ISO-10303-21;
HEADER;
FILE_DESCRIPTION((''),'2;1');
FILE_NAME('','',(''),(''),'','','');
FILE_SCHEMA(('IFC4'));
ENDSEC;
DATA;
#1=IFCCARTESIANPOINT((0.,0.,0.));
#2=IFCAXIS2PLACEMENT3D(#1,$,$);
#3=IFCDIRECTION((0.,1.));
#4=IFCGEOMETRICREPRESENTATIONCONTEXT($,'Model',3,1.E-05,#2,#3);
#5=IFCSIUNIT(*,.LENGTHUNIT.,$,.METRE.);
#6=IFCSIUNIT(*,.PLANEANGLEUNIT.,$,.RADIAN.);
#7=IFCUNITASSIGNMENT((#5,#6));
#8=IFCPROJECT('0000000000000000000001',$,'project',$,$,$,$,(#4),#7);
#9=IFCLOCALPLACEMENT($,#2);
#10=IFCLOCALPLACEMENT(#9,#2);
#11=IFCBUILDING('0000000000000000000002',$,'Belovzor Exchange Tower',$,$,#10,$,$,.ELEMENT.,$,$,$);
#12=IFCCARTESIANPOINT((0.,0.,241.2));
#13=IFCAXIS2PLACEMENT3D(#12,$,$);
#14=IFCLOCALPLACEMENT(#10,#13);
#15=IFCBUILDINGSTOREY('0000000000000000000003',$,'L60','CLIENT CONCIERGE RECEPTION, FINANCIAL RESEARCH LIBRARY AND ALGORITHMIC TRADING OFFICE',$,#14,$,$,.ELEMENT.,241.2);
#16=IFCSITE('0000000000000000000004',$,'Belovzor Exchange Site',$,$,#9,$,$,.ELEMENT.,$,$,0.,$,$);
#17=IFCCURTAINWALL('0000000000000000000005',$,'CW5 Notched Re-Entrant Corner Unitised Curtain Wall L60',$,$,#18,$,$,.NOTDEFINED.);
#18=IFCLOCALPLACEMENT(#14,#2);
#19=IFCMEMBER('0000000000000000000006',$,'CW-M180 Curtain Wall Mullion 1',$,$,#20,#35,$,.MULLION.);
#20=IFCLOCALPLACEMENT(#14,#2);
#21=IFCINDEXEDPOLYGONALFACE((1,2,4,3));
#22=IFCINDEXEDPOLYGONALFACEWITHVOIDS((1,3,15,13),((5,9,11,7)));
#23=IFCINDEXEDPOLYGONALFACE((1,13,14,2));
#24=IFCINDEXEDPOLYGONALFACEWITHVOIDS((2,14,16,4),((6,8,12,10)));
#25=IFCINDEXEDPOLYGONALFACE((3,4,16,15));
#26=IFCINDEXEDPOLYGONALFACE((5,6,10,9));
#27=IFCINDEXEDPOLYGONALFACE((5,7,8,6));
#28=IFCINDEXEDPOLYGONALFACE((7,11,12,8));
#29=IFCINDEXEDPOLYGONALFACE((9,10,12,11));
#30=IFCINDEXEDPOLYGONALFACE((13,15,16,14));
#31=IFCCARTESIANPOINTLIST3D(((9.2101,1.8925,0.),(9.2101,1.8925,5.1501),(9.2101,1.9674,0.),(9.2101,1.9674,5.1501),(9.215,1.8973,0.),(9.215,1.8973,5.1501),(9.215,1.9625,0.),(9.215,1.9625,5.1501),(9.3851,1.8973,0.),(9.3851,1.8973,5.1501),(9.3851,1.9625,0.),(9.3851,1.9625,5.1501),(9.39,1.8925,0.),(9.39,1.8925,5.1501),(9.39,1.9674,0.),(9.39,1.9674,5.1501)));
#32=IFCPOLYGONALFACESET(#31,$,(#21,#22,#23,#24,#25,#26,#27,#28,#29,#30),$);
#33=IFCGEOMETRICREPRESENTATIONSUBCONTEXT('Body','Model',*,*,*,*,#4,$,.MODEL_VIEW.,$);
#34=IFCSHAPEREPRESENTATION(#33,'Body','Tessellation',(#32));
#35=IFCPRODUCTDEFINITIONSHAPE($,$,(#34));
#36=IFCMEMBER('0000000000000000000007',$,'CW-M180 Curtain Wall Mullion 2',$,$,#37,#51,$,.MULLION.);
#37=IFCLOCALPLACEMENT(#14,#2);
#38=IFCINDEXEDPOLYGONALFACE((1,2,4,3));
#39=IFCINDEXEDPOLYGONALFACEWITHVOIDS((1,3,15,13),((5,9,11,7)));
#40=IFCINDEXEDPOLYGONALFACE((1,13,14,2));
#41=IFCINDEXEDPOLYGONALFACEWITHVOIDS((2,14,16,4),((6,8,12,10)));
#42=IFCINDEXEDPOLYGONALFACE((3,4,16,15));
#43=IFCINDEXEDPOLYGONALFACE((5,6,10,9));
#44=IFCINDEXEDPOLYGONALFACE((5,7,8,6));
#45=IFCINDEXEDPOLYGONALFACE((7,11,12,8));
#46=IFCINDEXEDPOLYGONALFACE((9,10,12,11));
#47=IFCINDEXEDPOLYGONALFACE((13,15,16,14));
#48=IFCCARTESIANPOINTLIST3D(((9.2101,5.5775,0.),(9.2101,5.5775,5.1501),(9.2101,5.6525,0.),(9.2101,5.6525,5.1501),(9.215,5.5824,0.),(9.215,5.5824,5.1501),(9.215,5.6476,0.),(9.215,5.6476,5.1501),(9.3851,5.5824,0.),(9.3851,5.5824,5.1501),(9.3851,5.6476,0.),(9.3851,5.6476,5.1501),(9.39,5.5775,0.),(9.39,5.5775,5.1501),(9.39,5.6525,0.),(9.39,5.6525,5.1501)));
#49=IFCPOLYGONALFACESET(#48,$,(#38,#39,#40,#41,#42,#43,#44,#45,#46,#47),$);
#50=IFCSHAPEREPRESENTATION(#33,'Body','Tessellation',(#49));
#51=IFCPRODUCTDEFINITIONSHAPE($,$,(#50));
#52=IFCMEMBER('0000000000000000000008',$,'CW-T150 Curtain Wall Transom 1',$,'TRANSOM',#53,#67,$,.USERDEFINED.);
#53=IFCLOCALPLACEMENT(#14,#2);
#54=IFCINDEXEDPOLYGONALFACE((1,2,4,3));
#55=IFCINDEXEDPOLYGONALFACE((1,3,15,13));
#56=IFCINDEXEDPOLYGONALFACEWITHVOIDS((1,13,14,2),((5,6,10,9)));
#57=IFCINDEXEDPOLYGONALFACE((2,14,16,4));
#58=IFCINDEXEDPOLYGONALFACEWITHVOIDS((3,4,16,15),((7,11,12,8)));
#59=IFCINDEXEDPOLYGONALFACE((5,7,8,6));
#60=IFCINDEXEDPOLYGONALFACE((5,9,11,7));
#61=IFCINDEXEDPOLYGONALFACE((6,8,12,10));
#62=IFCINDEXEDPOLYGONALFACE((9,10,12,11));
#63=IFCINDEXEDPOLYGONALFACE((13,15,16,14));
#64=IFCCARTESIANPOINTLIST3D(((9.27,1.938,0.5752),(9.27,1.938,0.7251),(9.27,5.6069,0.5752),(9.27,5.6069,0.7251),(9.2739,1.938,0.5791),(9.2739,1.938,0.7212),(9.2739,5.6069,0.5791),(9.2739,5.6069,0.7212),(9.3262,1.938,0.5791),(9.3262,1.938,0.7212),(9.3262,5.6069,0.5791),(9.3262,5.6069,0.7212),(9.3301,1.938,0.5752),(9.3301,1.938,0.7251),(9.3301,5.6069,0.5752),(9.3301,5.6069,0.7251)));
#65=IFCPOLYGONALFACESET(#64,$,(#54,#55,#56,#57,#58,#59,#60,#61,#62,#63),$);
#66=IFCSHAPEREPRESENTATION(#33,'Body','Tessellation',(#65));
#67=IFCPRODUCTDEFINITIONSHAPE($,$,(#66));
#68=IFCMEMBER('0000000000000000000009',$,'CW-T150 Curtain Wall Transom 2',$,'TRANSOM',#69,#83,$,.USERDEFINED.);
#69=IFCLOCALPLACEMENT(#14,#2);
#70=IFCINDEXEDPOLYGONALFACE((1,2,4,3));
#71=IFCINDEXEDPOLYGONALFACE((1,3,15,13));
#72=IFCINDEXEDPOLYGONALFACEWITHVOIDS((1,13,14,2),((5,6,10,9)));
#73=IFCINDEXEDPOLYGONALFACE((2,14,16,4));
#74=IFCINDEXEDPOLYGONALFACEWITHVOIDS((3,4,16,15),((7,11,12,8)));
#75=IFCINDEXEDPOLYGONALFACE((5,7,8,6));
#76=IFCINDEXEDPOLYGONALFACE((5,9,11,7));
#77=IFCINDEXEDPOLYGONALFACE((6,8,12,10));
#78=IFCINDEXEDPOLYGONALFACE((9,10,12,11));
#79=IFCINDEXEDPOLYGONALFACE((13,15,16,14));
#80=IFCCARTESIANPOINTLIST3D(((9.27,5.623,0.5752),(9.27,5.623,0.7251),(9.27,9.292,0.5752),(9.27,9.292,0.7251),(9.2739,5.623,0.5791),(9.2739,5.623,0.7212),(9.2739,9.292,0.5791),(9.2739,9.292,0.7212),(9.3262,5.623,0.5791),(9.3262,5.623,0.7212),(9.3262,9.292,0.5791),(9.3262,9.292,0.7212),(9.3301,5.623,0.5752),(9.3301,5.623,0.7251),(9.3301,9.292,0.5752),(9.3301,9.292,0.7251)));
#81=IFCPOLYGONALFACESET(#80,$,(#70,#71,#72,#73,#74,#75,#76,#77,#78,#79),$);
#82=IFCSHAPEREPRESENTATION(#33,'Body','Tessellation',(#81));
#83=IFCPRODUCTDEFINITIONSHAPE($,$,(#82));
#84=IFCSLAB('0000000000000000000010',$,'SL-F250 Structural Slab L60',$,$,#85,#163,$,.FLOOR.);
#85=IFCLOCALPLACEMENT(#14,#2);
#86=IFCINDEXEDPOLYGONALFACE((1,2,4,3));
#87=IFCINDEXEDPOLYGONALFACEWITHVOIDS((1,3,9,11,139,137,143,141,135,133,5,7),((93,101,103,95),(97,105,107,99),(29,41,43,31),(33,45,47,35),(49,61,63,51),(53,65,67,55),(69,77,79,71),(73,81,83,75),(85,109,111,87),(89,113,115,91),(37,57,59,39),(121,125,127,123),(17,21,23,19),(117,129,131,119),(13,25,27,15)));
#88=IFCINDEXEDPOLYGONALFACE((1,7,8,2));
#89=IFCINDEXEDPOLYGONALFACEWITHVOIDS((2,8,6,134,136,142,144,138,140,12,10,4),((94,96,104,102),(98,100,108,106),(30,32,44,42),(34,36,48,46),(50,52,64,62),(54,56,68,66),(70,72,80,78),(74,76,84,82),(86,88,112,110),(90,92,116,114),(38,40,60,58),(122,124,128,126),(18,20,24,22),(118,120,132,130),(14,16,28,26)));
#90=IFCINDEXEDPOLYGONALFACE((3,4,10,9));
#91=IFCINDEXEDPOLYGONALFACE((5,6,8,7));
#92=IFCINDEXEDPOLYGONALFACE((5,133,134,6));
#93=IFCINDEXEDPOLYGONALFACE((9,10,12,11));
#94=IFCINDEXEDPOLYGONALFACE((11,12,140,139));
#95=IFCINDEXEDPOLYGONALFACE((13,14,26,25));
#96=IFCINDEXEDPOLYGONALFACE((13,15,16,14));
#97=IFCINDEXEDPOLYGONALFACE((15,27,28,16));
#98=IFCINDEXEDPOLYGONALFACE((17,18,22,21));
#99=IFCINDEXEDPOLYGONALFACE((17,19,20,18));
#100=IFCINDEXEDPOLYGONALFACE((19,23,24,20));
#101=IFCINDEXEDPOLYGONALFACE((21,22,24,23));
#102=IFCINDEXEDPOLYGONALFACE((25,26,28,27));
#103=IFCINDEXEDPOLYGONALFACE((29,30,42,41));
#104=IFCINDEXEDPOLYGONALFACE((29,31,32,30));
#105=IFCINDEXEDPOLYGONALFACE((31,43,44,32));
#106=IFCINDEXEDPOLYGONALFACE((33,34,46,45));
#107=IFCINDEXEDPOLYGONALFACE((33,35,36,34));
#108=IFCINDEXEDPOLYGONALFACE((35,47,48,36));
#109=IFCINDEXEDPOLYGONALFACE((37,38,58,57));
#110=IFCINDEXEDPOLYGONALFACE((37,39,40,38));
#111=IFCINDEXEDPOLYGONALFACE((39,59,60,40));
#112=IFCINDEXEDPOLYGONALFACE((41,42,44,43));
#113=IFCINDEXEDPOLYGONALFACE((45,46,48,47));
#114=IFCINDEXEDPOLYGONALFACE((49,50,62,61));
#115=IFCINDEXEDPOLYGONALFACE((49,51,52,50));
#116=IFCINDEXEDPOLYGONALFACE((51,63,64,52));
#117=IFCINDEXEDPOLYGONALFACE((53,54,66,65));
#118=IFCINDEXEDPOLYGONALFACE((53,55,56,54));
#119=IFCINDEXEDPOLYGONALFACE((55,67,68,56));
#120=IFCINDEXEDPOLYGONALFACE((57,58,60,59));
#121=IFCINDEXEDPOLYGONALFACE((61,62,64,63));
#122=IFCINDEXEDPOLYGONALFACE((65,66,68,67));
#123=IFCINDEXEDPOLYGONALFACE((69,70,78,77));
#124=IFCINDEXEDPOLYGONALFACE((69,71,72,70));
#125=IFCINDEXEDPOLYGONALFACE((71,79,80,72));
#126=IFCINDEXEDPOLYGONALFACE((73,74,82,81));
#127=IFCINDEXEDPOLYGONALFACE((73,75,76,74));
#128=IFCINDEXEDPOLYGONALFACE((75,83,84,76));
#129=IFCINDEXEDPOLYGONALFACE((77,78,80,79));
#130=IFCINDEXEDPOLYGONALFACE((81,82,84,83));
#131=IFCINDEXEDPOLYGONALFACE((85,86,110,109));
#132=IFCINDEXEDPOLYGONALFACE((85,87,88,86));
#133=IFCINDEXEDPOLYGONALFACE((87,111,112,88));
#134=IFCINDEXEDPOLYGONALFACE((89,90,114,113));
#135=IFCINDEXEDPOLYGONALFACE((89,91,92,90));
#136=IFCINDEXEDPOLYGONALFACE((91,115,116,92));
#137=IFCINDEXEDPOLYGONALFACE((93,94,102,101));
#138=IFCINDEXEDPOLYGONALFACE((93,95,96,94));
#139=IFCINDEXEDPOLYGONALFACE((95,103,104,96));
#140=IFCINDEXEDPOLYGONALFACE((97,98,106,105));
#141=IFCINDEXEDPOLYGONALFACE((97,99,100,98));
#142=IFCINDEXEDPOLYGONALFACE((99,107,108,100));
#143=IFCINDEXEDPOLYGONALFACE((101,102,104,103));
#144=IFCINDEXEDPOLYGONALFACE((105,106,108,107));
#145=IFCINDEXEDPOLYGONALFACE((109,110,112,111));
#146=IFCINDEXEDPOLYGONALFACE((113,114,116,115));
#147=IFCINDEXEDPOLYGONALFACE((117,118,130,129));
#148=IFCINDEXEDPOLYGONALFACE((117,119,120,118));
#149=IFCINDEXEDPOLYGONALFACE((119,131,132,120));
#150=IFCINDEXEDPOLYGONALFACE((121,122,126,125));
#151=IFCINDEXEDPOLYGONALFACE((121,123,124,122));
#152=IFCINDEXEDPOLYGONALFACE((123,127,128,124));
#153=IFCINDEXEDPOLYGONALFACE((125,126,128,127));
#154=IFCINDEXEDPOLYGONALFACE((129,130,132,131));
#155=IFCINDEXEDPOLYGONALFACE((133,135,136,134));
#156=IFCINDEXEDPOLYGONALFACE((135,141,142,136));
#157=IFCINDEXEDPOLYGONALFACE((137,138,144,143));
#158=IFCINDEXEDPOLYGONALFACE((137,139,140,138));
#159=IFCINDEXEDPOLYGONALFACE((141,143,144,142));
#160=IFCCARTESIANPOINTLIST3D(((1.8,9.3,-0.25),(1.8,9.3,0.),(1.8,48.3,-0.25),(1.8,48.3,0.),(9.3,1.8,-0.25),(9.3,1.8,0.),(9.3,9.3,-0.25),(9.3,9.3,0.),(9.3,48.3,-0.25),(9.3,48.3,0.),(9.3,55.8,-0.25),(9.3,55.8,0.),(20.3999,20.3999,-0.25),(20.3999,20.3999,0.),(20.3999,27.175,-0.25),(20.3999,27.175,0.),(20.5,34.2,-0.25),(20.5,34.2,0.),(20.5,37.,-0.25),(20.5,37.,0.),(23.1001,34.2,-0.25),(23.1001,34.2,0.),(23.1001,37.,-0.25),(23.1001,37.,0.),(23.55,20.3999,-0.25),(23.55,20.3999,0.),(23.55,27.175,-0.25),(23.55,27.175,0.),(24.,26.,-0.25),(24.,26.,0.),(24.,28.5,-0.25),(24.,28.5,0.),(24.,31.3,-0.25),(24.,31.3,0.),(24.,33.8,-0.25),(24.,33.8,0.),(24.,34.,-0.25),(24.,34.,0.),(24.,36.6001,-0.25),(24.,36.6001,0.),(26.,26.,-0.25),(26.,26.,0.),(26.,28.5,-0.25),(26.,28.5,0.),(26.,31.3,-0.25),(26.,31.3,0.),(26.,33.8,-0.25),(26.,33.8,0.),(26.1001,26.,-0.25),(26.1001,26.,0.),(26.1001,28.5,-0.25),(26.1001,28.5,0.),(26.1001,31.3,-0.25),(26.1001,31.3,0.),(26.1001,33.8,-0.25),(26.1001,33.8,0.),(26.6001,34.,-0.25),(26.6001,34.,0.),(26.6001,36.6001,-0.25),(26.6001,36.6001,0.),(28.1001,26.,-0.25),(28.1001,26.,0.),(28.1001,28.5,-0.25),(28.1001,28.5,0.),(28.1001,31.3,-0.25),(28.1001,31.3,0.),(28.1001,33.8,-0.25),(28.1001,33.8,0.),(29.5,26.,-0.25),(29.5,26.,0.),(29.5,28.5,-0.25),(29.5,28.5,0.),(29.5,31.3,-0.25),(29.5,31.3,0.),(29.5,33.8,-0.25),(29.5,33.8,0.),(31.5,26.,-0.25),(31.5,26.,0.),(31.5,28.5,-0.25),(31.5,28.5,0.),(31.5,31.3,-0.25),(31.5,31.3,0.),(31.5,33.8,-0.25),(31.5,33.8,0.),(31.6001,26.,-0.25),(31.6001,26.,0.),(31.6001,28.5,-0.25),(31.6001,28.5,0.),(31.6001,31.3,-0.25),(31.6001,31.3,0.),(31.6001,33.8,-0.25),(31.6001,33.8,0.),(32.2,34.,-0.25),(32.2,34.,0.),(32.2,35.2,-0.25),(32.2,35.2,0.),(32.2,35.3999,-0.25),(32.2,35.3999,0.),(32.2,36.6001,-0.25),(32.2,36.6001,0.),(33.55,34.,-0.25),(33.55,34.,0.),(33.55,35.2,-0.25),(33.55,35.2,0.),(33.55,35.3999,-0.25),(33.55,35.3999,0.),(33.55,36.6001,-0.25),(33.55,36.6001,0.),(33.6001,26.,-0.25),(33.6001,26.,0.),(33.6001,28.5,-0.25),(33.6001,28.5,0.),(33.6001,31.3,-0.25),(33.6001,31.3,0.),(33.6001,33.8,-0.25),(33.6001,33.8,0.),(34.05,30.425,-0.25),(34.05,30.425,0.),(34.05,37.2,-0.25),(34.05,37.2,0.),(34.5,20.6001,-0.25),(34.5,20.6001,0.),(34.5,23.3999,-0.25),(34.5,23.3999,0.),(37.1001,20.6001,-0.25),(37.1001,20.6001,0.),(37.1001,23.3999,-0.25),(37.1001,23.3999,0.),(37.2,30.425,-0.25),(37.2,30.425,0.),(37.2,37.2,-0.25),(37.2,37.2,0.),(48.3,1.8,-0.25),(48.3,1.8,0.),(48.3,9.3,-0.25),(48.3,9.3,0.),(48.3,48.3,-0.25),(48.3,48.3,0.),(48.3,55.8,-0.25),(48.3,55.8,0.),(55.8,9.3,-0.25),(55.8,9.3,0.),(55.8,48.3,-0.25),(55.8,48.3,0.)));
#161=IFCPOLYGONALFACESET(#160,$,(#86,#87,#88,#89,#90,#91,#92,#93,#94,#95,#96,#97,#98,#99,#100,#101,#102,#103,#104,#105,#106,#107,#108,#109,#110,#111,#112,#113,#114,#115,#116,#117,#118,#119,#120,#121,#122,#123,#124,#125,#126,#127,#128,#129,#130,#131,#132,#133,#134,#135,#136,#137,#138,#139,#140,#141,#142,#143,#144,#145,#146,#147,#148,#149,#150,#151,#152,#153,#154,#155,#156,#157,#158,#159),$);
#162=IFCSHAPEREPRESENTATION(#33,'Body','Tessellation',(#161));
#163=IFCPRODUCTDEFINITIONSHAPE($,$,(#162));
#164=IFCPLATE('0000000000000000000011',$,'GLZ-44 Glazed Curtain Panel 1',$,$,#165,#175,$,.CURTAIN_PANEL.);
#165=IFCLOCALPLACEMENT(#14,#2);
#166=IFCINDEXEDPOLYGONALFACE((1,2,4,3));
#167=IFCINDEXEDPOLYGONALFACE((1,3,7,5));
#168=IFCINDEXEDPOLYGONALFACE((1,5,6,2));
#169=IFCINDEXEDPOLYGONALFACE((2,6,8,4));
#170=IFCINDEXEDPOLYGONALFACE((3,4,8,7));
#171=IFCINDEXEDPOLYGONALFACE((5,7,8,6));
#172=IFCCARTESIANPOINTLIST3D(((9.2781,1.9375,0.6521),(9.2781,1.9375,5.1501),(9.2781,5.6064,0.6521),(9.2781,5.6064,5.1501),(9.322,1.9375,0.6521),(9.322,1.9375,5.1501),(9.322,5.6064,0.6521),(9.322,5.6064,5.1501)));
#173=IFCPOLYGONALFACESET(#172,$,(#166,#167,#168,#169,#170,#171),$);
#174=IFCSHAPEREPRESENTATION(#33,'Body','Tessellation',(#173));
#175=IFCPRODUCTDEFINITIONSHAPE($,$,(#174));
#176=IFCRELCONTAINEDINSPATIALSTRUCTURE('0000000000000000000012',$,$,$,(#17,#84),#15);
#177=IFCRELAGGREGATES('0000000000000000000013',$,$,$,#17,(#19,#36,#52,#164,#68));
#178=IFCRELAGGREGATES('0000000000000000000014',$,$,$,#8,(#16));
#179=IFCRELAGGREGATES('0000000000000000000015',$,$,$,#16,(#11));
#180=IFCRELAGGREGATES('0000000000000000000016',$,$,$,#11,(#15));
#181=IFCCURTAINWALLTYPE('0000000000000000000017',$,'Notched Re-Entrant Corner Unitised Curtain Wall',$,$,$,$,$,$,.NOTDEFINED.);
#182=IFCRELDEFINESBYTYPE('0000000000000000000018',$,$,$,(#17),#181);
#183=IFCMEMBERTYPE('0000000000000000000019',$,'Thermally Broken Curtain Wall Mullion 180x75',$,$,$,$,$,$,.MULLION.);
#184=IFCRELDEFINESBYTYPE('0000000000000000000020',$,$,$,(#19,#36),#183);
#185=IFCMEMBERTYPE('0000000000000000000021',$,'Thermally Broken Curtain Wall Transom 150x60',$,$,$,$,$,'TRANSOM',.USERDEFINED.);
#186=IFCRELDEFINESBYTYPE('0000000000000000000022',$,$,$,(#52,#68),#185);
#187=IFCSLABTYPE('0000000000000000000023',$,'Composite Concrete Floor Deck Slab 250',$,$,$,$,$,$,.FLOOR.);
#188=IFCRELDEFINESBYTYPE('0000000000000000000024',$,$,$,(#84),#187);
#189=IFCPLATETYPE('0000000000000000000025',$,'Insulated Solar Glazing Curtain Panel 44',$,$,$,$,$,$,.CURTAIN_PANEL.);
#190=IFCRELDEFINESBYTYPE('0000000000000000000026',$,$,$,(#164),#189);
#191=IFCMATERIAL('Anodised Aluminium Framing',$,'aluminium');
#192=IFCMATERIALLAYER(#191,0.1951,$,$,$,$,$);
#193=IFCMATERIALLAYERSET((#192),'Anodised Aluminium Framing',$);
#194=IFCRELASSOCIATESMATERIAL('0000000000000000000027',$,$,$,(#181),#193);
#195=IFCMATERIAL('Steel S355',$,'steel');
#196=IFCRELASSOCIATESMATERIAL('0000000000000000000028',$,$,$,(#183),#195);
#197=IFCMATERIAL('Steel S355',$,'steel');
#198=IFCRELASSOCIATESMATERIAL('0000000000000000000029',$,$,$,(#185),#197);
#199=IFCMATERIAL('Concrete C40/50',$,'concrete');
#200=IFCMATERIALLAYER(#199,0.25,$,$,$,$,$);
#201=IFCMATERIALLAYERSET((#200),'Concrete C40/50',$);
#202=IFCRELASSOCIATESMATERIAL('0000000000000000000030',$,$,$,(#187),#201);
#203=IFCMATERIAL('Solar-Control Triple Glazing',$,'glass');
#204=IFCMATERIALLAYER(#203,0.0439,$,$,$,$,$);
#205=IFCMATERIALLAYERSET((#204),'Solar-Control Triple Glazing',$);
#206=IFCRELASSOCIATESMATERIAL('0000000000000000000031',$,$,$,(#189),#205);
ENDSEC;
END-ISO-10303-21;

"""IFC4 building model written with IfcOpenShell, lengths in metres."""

from ifc_helpers import new_model, si_unit, direction, frame, origin, origin_2d, place, context, subcontext, project, spatial, polyline, rectangle, hollow_rectangle, outline, extrude, material, layer, layer_set, material_profile, profile_set, type_object, element, aggregate, save


model = new_model("IFC4")

# Units and contexts
model_context = context("Model", 3, precision=1e-05, world=origin(), true_north=direction((0.0, 1.0)))
body_context = subcontext(model_context, "Body", "Model", "MODEL_VIEW")
ifc_project = project(units=[si_unit("LENGTHUNIT", "METRE"), si_unit("PLANEANGLEUNIT", "RADIAN")], contexts=[model_context])

# Site, building, storey
site_placement = place(None, origin())
site = spatial("IfcSite", under=ifc_project, at=site_placement, Name="Belovzor Exchange Site", CompositionType="ELEMENT", RefElevation=0.0)
building_placement = place(site_placement, origin())
building = spatial("IfcBuilding", under=site, at=building_placement, Name="Belovzor Exchange Tower", CompositionType="ELEMENT")
storey_placement = place(building_placement, frame((0.0, 0.0, 241.2)))
storey = spatial("IfcBuildingStorey", under=building, at=storey_placement, Name="L60", Description="CLIENT CONCIERGE RECEPTION, FINANCIAL RESEARCH LIBRARY AND ALGORITHMIC TRADING OFFICE", CompositionType="ELEMENT", Elevation=241.2)

# Curtain wall, members
ifc_material_1 = material(Name="Anodised Aluminium Framing", Category="aluminium")
ifc_layer_1 = layer(ifc_material_1, 0.1951)
ifc_layer_set_1 = layer_set([ifc_layer_1], Name="Anodised Aluminium Framing")
curtain_wall_type = type_object("IfcCurtainWallType", Name="Notched Re-Entrant Corner Unitised Curtain Wall", PredefinedType="NOTDEFINED", material=ifc_layer_set_1)
curtain_wall_placement = place(storey_placement, origin())
curtain_wall = element("IfcCurtainWall", 1, at=curtain_wall_placement, inside=storey, type_object=curtain_wall_type, Name="CW5 Notched Re-Entrant Corner Unitised Curtain Wall L60", PredefinedType="NOTDEFINED")
ifc_material_2 = material(Name="Steel S355", Category="steel")
ifc_material_profile_1 = material_profile(ifc_material_2, hollow_rectangle(XDim=0.075, YDim=0.1799, WallThickness=0.0049, at=origin_2d()))
ifc_profile_set_1 = profile_set([ifc_material_profile_1], Name="Steel S355")
member_type_1 = type_object("IfcMemberType", Name="Thermally Broken Curtain Wall Mullion 180x75", PredefinedType="MULLION", material=ifc_profile_set_1)
member_1_placement = place(storey_placement, frame((9.3, 1.9299, 0.0), z_axis=(0.0, 0.0, 1.0), x_axis=(0.0, 1.0, 0.0)))
member_1 = element("IfcMember", 2, at=member_1_placement, type_object=member_type_1, Name="CW-M180 Curtain Wall Mullion 1", PredefinedType="MULLION", context=body_context, shape_type="SweptSolid", body=[
    extrude(hollow_rectangle(XDim=0.075, YDim=0.1799, WallThickness=0.0049, at=origin_2d()), origin(), (0.0, 0.0, 1.0), 5.1501),
])
member_2_placement = place(storey_placement, frame((9.3, 5.615, 0.0), z_axis=(0.0, 0.0, 1.0), x_axis=(0.0, 1.0, 0.0)))
member_2 = element("IfcMember", 3, at=member_2_placement, type_object=member_type_1, Name="CW-M180 Curtain Wall Mullion 2", PredefinedType="MULLION", context=body_context, shape_type="SweptSolid", body=[
    extrude(hollow_rectangle(XDim=0.075, YDim=0.1799, WallThickness=0.0049, at=origin_2d()), origin(), (0.0, 0.0, 1.0), 5.1501),
])
ifc_material_3 = material(Name="Steel S355", Category="steel")
ifc_material_profile_2 = material_profile(ifc_material_3, hollow_rectangle(XDim=0.0601, YDim=0.1499, WallThickness=0.0039, at=origin_2d()))
ifc_profile_set_2 = profile_set([ifc_material_profile_2], Name="Steel S355")
member_type_2 = type_object("IfcMemberType", Name="Thermally Broken Curtain Wall Transom 150x60", ElementType="TRANSOM", PredefinedType="USERDEFINED", material=ifc_profile_set_2)
member_3_placement = place(storey_placement, frame((9.3, 1.938, 0.6501), z_axis=(0.0, 1.0, 0.0), x_axis=(-1.0, 0.0, 0.0)))
member_3 = element("IfcMember", 4, at=member_3_placement, type_object=member_type_2, Name="CW-T150 Curtain Wall Transom 1", ObjectType="TRANSOM", PredefinedType="USERDEFINED", context=body_context, shape_type="SweptSolid", body=[
    extrude(hollow_rectangle(XDim=0.0601, YDim=0.1499, WallThickness=0.0039, at=origin_2d()), origin(), (0.0, 0.0, 1.0), 3.6689),
])
member_4_placement = place(storey_placement, frame((9.3, 5.623, 0.6501), z_axis=(0.0, 1.0, 0.0), x_axis=(-1.0, 0.0, 0.0)))
member_4 = element("IfcMember", 5, at=member_4_placement, type_object=member_type_2, Name="CW-T150 Curtain Wall Transom 2", ObjectType="TRANSOM", PredefinedType="USERDEFINED", context=body_context, shape_type="SweptSolid", body=[
    extrude(hollow_rectangle(XDim=0.0601, YDim=0.1499, WallThickness=0.0039, at=origin_2d()), origin(), (0.0, 0.0, 1.0), 3.6689),
])

# Slab
ifc_material_4 = material(Name="Concrete C40/50", Category="concrete")
ifc_layer_2 = layer(ifc_material_4, 0.25)
ifc_layer_set_2 = layer_set([ifc_layer_2], Name="Concrete C40/50")
slab_type_1 = type_object("IfcSlabType", Name="Composite Concrete Floor Deck Slab 250", PredefinedType="FLOOR", material=ifc_layer_set_2)
slab_1_placement = place(storey_placement, frame((0.0, 0.0, -0.25)))
element("IfcSlab", 6, at=slab_1_placement, inside=storey, type_object=slab_type_1, Name="SL-F250 Structural Slab L60", PredefinedType="FLOOR", context=body_context, shape_type="SweptSolid", body=[
    extrude(outline(polyline([(9.3, 1.8), (48.3, 1.8), (48.3, 9.3), (55.8, 9.3), (55.8, 48.3), (48.3, 48.3), (48.3, 55.8), (9.3, 55.8), (9.3, 48.3), (1.8, 48.3), (1.8, 9.3), (9.3, 9.3), (9.3, 1.8)]), holes=[polyline([(20.3999, 27.175), (20.3999, 20.3999), (23.55, 20.3999), (23.55, 27.175), (20.3999, 27.175)]), polyline([(37.2, 30.425), (37.2, 37.2), (34.05, 37.2), (34.05, 30.425), (37.2, 30.425)]), polyline([(20.5, 34.2), (23.1001, 34.2), (23.1001, 37.0), (20.5, 37.0), (20.5, 34.2)]), polyline([(34.5, 20.6001), (37.1001, 20.6001), (37.1001, 23.3999), (34.5, 23.3999), (34.5, 20.6001)]), polyline([(24.0, 34.0), (26.6001, 34.0), (26.6001, 36.6001), (24.0, 36.6001), (24.0, 34.0)]), polyline([(24.0, 26.0), (26.0, 26.0), (26.0, 28.5), (24.0, 28.5), (24.0, 26.0)]), polyline([(26.1001, 26.0), (28.1001, 26.0), (28.1001, 28.5), (26.1001, 28.5), (26.1001, 26.0)]), polyline([(29.5, 26.0), (31.5, 26.0), (31.5, 28.5), (29.5, 28.5), (29.5, 26.0)]), polyline([(31.6001, 26.0), (33.6001, 26.0), (33.6001, 28.5), (31.6001, 28.5), (31.6001, 26.0)]), polyline([(24.0, 31.3), (26.0, 31.3), (26.0, 33.8), (24.0, 33.8), (24.0, 31.3)]), polyline([(26.1001, 31.3), (28.1001, 31.3), (28.1001, 33.8), (26.1001, 33.8), (26.1001, 31.3)]), polyline([(29.5, 31.3), (31.5, 31.3), (31.5, 33.8), (29.5, 33.8), (29.5, 31.3)]), polyline([(31.6001, 31.3), (33.6001, 31.3), (33.6001, 33.8), (31.6001, 33.8), (31.6001, 31.3)]), polyline([(32.2, 34.0), (33.55, 34.0), (33.55, 35.2), (32.2, 35.2), (32.2, 34.0)]), polyline([(32.2, 35.3999), (33.55, 35.3999), (33.55, 36.6001), (32.2, 36.6001), (32.2, 35.3999)])]), origin(), (0.0, 0.0, 1.0), 0.25),
])

# Plate
ifc_material_5 = material(Name="Solar-Control Triple Glazing", Category="glass")
ifc_layer_3 = layer(ifc_material_5, 0.0439)
ifc_layer_set_3 = layer_set([ifc_layer_3], Name="Solar-Control Triple Glazing")
plate_type_1 = type_object("IfcPlateType", Name="Insulated Solar Glazing Curtain Panel 44", PredefinedType="CURTAIN_PANEL", material=ifc_layer_set_3)
plate_1_placement = place(storey_placement, frame((9.3, 3.772, 0.6521), z_axis=(0.0, 0.0, 1.0), x_axis=(0.0, 1.0, 0.0)))
plate_1 = element("IfcPlate", 7, at=plate_1_placement, type_object=plate_type_1, Name="GLZ-44 Glazed Curtain Panel 1", PredefinedType="CURTAIN_PANEL", context=body_context, shape_type="SweptSolid", body=[
    extrude(rectangle(XDim=3.6689, YDim=0.0439, at=origin_2d()), origin(), (0.0, 0.0, 1.0), 4.498),
])

aggregate(curtain_wall, [member_1, member_2, member_3, plate_1, member_4])

save(model, "model.ifc")
